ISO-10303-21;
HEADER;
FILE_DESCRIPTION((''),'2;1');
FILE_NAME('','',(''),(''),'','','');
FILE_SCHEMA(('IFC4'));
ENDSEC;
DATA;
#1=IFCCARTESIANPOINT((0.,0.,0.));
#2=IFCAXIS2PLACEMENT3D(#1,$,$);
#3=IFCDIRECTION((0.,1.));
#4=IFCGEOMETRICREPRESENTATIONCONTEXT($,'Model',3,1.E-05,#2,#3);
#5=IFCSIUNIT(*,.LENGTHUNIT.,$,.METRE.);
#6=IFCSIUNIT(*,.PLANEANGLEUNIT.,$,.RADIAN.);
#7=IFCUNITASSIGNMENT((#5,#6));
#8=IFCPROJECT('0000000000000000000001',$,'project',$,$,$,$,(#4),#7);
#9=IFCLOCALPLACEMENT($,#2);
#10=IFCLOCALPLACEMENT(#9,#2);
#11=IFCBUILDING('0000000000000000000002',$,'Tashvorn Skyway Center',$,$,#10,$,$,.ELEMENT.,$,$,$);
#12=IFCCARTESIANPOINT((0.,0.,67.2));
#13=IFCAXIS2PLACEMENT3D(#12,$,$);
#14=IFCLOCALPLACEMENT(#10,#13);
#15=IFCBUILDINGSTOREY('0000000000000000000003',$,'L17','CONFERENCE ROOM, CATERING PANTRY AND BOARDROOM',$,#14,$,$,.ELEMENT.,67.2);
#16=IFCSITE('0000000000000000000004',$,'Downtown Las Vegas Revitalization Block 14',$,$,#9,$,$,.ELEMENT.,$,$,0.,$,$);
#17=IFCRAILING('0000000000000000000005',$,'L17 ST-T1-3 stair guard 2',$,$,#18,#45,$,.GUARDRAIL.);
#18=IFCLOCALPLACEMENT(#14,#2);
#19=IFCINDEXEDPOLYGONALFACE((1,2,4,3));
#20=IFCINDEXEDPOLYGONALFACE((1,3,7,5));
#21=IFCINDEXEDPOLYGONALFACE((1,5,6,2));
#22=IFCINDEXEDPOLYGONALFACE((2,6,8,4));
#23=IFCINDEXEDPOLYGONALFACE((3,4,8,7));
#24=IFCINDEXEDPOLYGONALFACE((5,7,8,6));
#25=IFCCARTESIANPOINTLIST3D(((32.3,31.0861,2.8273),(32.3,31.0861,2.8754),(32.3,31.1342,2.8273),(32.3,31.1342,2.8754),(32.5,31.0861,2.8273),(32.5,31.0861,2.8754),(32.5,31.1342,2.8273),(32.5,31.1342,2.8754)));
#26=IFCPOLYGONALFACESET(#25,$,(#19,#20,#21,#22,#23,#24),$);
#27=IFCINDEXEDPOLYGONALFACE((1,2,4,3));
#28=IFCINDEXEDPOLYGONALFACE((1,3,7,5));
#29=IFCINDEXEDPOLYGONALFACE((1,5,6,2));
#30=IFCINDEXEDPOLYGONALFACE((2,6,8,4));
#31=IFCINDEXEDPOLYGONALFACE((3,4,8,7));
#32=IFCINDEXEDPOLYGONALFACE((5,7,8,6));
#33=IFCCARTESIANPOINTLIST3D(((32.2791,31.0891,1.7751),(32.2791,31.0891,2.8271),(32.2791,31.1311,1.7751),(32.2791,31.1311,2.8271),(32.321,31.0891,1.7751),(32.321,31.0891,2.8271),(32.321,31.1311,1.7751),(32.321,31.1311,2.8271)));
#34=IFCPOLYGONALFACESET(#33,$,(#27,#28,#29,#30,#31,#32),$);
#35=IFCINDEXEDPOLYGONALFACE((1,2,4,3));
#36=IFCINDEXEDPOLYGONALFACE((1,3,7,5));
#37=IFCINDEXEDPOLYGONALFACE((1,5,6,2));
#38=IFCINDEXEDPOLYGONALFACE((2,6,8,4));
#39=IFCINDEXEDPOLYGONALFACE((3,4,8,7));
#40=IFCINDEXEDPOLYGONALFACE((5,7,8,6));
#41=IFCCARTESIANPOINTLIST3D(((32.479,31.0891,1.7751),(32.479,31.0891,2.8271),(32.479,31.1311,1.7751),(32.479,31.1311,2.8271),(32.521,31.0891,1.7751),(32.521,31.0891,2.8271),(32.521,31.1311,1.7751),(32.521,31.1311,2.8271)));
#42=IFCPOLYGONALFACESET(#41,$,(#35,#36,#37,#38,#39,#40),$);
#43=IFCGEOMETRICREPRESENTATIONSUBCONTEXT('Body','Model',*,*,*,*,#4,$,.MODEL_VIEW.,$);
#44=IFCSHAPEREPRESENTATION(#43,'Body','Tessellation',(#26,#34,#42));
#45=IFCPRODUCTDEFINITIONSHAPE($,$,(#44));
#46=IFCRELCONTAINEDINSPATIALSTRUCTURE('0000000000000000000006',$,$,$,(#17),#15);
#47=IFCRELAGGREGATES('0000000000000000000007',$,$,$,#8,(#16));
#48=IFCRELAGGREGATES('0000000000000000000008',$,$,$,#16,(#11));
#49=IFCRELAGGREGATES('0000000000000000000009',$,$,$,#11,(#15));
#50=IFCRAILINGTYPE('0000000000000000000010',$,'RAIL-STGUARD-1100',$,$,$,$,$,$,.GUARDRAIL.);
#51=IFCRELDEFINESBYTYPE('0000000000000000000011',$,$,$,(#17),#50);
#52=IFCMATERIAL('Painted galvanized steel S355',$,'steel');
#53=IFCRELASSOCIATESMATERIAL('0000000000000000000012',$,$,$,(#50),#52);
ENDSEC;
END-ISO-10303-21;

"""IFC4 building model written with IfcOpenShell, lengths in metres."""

from ifc_helpers import new_model, si_unit, direction, frame, origin, origin_2d, place, context, subcontext, project, spatial, rectangle, extrude, material, type_object, element, save


model = new_model("IFC4")

# Units and contexts
model_context = context("Model", 3, precision=1e-05, world=origin(), true_north=direction((0.0, 1.0)))
body_context = subcontext(model_context, "Body", "Model", "MODEL_VIEW")
ifc_project = project(units=[si_unit("LENGTHUNIT", "METRE"), si_unit("PLANEANGLEUNIT", "RADIAN")], contexts=[model_context])

# Site, building, storey
site_placement = place(None, origin())
site = spatial("IfcSite", under=ifc_project, at=site_placement, Name="Downtown Las Vegas Revitalization Block 14", CompositionType="ELEMENT", RefElevation=0.0)
building_placement = place(site_placement, origin())
building = spatial("IfcBuilding", under=site, at=building_placement, Name="Tashvorn Skyway Center", CompositionType="ELEMENT")
storey_placement = place(building_placement, frame((0.0, 0.0, 67.2)))
storey = spatial("IfcBuildingStorey", under=building, at=storey_placement, Name="L17", Description="CONFERENCE ROOM, CATERING PANTRY AND BOARDROOM", CompositionType="ELEMENT", Elevation=67.2)

# Railing
ifc_material_1 = material(Name="Painted galvanized steel S355", Category="steel")
railing_type_1 = type_object("IfcRailingType", Name="RAIL-STGUARD-1100", PredefinedType="GUARDRAIL", material=ifc_material_1)
railing_1_placement = place(storey_placement, frame((32.3, 31.1101, 1.7751)))
element("IfcRailing", 1, at=railing_1_placement, inside=storey, type_object=railing_type_1, Name="L17 ST-T1-3 stair guard 2", PredefinedType="GUARDRAIL", context=body_context, shape_type="SweptSolid", body=[
    extrude(rectangle(XDim=0.0481, YDim=0.0481, at=origin_2d()), frame((0.0, 0.0, 1.0762), z_axis=(1.0, 0.0, 0.0), x_axis=(0.0, 1.0, 0.0)), (0.0, 0.0, 1.0), 0.2),
    extrude(rectangle(XDim=0.042, YDim=0.042, at=origin_2d()), origin(), (0.0, 0.0, 1.0), 1.052),
    extrude(rectangle(XDim=0.042, YDim=0.042, at=origin_2d()), frame((0.2, 0.0, 0.0)), (0.0, 0.0, 1.0), 1.052),
])

save(model, "model.ifc")
